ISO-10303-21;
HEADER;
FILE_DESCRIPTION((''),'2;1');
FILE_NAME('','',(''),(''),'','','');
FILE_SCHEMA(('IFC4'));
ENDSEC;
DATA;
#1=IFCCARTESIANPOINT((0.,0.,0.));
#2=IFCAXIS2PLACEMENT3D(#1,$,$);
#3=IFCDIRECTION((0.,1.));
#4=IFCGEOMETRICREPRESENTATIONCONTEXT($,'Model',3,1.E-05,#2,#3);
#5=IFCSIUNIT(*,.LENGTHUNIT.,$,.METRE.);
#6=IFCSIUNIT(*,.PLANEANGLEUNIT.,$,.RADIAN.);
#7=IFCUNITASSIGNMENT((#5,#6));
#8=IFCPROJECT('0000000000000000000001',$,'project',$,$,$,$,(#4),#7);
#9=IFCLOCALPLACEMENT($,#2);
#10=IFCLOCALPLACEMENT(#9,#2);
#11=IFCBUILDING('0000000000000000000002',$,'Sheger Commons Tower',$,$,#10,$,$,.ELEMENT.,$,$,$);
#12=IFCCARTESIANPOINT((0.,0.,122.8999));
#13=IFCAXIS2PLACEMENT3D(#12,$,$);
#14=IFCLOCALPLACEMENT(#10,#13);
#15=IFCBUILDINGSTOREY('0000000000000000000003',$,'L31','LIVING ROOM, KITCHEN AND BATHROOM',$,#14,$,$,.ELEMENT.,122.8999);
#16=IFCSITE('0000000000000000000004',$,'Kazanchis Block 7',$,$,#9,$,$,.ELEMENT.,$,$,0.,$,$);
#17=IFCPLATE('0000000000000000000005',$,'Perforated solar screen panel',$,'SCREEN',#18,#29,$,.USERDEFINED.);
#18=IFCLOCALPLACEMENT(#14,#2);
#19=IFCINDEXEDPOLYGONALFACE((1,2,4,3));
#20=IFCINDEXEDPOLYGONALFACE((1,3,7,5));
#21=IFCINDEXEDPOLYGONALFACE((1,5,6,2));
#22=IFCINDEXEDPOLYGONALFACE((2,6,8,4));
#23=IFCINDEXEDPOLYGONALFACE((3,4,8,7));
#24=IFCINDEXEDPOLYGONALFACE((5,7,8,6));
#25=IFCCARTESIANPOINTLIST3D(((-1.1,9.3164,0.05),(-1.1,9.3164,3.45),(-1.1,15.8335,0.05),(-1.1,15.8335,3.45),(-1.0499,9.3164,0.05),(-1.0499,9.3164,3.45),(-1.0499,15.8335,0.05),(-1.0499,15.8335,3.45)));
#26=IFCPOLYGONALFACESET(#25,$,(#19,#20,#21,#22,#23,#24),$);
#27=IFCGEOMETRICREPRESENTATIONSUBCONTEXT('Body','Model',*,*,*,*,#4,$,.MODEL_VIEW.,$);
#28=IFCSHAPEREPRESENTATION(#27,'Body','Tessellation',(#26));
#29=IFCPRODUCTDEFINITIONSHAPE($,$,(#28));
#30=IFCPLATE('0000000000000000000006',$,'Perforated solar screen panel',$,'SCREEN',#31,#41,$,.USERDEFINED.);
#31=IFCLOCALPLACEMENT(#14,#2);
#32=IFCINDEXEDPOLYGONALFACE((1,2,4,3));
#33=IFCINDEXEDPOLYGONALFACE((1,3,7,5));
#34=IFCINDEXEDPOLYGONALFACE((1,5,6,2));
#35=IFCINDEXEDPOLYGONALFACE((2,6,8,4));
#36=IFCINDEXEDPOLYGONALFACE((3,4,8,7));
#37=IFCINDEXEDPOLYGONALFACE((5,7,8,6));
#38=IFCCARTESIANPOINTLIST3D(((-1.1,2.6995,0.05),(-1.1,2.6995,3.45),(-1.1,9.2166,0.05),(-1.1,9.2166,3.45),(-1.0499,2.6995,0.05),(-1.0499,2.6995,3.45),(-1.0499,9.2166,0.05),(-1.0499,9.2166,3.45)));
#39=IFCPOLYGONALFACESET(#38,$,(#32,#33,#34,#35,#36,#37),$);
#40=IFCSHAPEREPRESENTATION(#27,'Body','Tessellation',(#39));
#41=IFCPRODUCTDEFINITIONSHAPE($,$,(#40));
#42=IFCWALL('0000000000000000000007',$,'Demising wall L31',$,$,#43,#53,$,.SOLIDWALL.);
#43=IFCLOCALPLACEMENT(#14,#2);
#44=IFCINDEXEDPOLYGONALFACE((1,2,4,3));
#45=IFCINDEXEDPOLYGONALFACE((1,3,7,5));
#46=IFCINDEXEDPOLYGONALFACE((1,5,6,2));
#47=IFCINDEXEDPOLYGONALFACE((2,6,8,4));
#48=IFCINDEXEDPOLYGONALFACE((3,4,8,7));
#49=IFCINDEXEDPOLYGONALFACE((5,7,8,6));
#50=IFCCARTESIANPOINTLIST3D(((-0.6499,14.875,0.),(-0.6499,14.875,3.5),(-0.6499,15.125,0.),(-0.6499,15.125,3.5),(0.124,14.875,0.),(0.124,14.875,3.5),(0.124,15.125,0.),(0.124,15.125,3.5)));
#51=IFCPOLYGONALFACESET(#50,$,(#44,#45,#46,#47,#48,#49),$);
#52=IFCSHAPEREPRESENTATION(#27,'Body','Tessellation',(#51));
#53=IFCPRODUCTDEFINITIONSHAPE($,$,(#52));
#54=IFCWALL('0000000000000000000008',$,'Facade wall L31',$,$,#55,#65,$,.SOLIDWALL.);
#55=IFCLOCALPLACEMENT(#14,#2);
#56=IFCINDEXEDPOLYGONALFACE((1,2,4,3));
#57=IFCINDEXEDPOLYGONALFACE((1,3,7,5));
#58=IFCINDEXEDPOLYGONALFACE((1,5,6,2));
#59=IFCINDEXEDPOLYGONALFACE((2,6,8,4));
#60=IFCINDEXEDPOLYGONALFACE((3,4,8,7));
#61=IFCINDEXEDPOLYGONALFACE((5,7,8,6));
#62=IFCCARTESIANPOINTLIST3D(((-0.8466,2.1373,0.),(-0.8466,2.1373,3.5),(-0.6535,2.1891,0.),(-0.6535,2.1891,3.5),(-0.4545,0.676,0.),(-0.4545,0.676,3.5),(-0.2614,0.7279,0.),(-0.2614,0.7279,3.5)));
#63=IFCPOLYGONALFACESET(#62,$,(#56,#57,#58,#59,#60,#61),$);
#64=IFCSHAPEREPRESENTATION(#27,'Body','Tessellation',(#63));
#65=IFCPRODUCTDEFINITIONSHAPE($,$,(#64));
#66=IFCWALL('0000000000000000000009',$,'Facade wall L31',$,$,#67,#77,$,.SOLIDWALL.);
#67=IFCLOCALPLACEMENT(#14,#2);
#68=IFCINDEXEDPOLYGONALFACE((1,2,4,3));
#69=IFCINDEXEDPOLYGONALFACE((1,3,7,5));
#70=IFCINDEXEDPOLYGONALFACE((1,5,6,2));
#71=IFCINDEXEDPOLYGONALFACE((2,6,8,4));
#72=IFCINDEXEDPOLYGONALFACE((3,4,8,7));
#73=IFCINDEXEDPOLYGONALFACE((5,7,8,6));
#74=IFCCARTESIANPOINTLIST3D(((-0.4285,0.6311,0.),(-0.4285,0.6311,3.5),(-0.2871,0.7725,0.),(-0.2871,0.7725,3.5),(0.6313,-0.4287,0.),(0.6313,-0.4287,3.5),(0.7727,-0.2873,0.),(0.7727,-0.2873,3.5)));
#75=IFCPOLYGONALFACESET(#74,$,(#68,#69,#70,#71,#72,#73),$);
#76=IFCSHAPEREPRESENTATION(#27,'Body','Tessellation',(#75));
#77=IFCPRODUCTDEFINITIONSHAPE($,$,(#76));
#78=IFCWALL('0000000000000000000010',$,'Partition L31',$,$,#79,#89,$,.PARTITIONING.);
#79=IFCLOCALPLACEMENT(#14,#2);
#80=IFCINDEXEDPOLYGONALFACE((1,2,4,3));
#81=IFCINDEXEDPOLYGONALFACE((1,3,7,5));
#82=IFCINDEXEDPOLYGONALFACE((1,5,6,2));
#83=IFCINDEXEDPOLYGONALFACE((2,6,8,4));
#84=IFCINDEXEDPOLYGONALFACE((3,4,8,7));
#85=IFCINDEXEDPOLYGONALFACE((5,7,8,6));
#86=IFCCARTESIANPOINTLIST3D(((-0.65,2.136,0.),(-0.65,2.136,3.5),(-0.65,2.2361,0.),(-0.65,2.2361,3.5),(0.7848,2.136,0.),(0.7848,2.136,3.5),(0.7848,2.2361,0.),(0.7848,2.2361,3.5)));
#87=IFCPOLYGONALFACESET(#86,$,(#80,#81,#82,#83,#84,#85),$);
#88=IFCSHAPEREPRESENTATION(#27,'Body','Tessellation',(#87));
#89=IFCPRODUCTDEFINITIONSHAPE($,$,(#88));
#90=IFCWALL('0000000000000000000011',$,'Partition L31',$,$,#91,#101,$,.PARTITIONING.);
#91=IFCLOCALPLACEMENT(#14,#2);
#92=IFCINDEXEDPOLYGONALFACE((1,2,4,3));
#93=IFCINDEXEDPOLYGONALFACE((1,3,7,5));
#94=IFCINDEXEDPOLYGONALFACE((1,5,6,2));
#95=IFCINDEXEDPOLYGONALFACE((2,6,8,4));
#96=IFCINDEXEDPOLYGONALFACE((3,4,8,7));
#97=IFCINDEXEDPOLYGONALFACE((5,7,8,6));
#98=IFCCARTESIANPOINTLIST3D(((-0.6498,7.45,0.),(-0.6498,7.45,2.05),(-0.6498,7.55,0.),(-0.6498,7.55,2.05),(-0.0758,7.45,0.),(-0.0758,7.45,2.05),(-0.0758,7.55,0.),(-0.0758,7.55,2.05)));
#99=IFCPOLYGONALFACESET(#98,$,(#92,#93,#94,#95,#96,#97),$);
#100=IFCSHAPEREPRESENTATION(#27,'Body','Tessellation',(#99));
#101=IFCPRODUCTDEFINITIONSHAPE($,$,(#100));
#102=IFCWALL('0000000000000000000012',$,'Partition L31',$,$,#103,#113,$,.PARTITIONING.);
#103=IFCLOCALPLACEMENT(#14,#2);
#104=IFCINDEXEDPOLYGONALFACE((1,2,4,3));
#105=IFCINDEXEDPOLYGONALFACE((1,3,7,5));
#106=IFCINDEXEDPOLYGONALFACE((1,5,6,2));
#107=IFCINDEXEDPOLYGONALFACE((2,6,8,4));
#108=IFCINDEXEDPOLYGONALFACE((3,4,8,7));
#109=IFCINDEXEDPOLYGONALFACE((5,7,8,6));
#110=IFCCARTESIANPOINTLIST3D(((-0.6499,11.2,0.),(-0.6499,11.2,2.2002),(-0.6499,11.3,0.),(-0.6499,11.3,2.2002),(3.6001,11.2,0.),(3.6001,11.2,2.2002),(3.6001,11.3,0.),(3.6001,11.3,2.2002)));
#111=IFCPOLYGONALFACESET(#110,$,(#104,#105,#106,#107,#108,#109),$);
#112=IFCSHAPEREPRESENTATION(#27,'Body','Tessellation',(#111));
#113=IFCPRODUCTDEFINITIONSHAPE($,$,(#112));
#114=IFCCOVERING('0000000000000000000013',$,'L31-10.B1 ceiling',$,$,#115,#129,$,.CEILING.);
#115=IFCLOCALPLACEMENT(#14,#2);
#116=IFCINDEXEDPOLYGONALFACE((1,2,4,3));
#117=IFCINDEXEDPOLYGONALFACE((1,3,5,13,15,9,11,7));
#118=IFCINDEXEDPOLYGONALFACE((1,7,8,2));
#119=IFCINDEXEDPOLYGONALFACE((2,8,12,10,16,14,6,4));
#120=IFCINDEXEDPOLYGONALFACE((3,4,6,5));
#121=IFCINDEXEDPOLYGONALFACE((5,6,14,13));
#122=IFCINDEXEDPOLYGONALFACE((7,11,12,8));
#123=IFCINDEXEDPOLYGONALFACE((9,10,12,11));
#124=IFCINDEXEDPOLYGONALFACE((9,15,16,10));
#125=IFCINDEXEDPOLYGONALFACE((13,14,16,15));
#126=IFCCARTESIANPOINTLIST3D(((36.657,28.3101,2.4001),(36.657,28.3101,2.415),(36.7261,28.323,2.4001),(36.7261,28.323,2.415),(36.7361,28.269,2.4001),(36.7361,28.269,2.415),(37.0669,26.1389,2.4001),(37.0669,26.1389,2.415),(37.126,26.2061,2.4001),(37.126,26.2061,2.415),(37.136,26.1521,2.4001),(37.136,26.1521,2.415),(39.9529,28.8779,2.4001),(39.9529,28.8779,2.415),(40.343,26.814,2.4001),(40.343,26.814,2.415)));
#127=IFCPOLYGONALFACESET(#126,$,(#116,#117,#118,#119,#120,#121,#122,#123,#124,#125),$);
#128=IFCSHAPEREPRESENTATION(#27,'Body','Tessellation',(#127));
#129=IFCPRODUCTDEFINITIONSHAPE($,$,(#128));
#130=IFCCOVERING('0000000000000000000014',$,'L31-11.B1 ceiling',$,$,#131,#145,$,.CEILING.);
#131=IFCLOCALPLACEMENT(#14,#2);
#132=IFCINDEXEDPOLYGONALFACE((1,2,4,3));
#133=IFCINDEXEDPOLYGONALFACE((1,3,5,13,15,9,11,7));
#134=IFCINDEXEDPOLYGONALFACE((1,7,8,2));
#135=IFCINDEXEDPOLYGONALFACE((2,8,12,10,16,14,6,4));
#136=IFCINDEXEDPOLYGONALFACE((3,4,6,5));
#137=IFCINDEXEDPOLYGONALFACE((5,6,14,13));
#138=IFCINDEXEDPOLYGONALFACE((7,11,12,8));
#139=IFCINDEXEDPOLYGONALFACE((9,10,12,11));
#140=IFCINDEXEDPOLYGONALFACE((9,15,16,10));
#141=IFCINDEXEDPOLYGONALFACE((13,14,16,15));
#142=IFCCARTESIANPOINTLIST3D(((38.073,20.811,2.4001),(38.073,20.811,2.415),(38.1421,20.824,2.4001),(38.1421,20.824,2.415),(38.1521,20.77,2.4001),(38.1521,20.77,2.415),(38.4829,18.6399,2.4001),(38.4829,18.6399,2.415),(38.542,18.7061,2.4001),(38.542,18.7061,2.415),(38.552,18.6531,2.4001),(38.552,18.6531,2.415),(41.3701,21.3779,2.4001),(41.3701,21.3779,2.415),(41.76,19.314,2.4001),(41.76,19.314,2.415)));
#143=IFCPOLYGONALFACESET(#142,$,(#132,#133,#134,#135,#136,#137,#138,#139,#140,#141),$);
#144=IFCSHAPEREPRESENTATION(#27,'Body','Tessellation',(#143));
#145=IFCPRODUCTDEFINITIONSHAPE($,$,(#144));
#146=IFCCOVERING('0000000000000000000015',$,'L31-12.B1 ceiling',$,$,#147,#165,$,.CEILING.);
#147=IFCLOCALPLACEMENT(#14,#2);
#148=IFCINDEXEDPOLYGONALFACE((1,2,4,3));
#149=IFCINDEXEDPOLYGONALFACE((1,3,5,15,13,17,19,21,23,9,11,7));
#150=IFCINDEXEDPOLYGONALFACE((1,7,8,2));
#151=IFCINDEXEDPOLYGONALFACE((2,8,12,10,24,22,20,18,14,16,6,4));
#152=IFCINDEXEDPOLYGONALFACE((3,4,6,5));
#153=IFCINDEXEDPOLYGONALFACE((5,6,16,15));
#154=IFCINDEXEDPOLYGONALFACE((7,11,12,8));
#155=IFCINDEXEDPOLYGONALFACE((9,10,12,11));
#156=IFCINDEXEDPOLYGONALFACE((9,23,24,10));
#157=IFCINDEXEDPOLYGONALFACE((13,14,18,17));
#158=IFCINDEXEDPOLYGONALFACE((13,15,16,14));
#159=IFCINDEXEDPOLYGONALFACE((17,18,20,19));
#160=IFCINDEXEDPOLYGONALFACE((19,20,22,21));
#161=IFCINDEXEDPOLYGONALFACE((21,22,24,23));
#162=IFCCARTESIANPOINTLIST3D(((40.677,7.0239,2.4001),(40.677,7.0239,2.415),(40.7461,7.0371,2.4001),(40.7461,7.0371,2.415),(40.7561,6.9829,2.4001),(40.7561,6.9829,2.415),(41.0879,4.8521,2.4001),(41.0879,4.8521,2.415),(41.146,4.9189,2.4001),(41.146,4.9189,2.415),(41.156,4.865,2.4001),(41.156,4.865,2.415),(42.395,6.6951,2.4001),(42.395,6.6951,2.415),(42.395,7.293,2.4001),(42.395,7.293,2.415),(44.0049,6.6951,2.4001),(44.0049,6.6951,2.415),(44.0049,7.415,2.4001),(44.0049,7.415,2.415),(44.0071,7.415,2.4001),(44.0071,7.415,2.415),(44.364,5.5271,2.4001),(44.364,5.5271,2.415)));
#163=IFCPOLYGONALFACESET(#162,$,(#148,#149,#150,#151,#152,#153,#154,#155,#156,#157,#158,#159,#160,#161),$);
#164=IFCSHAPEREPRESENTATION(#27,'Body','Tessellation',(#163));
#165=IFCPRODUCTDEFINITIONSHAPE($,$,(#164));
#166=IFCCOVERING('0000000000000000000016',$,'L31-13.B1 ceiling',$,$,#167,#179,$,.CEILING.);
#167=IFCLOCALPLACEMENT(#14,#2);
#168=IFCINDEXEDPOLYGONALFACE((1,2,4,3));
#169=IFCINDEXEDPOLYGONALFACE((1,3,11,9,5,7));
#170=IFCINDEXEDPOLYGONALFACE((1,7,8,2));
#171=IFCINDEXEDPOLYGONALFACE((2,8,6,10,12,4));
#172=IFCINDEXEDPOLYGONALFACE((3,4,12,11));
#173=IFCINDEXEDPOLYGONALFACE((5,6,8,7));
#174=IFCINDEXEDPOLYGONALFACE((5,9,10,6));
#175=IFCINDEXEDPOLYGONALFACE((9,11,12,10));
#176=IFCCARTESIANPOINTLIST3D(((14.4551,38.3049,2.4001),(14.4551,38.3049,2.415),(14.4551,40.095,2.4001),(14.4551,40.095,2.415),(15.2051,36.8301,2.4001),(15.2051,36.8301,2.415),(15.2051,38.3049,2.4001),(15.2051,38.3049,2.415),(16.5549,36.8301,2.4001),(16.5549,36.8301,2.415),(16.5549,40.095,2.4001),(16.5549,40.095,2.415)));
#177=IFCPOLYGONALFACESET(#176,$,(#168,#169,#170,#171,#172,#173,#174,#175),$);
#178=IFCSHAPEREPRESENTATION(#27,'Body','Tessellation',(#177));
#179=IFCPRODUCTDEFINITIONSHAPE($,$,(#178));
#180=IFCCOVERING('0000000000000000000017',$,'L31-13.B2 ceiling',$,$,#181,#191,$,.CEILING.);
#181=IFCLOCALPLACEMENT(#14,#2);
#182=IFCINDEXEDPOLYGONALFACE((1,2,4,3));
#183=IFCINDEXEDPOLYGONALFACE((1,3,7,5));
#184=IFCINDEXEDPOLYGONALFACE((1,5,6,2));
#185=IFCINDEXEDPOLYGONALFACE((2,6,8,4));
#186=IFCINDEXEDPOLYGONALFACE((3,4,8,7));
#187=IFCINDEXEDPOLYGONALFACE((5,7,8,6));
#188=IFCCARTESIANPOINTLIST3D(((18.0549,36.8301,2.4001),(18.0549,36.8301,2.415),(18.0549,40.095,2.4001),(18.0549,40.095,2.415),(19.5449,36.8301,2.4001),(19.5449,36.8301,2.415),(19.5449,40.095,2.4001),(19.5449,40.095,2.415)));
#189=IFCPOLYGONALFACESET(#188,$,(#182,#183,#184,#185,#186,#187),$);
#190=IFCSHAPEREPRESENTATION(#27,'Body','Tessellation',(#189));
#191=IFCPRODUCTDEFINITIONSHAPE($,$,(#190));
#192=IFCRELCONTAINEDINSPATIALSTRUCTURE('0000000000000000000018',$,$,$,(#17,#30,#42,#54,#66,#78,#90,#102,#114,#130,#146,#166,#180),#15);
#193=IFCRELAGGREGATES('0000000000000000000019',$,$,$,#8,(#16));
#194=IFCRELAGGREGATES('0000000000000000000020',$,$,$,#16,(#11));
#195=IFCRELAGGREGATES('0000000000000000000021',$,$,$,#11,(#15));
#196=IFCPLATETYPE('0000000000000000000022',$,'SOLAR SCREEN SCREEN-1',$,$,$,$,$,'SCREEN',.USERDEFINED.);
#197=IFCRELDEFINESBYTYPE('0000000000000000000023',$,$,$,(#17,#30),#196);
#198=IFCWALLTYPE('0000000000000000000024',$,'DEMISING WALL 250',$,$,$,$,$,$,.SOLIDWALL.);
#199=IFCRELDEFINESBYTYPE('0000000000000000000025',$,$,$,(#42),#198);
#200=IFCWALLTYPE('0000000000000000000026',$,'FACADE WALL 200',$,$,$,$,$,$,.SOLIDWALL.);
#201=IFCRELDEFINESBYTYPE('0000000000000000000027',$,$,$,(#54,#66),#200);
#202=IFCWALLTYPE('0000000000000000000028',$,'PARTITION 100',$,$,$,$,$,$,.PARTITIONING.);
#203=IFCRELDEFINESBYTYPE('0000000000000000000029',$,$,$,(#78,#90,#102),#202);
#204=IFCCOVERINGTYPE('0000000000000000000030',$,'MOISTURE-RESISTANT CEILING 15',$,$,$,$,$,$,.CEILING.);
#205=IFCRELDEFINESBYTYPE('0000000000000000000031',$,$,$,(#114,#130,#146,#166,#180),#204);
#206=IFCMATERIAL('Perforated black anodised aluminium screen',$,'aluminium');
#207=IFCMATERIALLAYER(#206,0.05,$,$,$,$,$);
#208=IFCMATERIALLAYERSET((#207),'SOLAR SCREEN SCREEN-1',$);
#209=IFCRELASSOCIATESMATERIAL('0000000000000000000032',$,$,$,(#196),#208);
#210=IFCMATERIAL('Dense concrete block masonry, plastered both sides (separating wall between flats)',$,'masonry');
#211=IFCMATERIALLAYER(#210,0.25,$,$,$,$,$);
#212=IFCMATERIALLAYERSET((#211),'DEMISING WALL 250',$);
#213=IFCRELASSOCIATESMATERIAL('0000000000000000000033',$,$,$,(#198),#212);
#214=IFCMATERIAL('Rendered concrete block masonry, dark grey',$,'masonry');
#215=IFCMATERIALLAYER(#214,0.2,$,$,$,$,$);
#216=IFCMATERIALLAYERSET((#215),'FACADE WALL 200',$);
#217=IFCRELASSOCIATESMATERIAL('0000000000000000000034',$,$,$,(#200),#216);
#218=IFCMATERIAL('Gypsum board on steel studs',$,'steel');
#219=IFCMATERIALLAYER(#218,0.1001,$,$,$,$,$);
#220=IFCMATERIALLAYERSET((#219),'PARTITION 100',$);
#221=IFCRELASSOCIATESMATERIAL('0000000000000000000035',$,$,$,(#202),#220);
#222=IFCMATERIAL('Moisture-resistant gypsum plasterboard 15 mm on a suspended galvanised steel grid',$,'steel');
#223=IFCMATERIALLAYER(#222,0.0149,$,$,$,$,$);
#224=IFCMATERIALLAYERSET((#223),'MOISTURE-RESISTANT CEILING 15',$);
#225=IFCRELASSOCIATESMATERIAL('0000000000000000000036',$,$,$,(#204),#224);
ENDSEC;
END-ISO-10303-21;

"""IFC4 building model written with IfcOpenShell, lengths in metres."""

from ifc_helpers import new_model, si_unit, direction, frame, frame_2d, origin, origin_2d, place, context, subcontext, project, spatial, polyline, rectangle, outline, extrude, material, layer, layer_set, type_object, element, save


model = new_model("IFC4")

# Units and contexts
model_context = context("Model", 3, precision=1e-05, world=origin(), true_north=direction((0.0, 1.0)))
body_context = subcontext(model_context, "Body", "Model", "MODEL_VIEW")
ifc_project = project(units=[si_unit("LENGTHUNIT", "METRE"), si_unit("PLANEANGLEUNIT", "RADIAN")], contexts=[model_context])

# Site, building, storey
site_placement = place(None, origin())
site = spatial("IfcSite", under=ifc_project, at=site_placement, Name="Kazanchis Block 7", CompositionType="ELEMENT", RefElevation=0.0)
building_placement = place(site_placement, origin())
building = spatial("IfcBuilding", under=site, at=building_placement, Name="Sheger Commons Tower", CompositionType="ELEMENT")
storey_placement = place(building_placement, frame((0.0, 0.0, 122.8999)))
storey = spatial("IfcBuildingStorey", under=building, at=storey_placement, Name="L31", Description="LIVING ROOM, KITCHEN AND BATHROOM", CompositionType="ELEMENT", Elevation=122.8999)

# Plates
ifc_material_1 = material(Name="Perforated black anodised aluminium screen", Category="aluminium")
ifc_layer_1 = layer(ifc_material_1, 0.05)
ifc_layer_set_1 = layer_set([ifc_layer_1], Name="SOLAR SCREEN SCREEN-1")
plate_type = type_object("IfcPlateType", Name="SOLAR SCREEN SCREEN-1", ElementType="SCREEN", PredefinedType="USERDEFINED", material=ifc_layer_set_1)
for number, where, z_axis, x_axis, name in (
    (1, (-1.075, 12.575, 0.05), (0.0, 0.0, 1.0), (0.0, -1.0, 0.0), "Perforated solar screen panel"),
    (2, (-1.075, 5.958, 0.05), (0.0, 0.0, 1.0), (0.0, -1.0, 0.0), "Perforated solar screen panel"),
):
    element("IfcPlate", number, at=place(storey_placement, frame(where, z_axis=z_axis, x_axis=x_axis)), inside=storey, type_object=plate_type, Name=name, ObjectType="SCREEN", PredefinedType="USERDEFINED", context=body_context, shape_type="SweptSolid", body=[
        extrude(rectangle(XDim=6.5171, YDim=0.05, at=origin_2d()), origin(), (0.0, 0.0, 1.0), 3.3999),
    ])

# Walls
ifc_material_2 = material(Name="Dense concrete block masonry, plastered both sides (separating wall between flats)", Category="masonry")
ifc_layer_2 = layer(ifc_material_2, 0.25)
ifc_layer_set_2 = layer_set([ifc_layer_2], Name="DEMISING WALL 250")
wall_type_1 = type_object("IfcWallType", Name="DEMISING WALL 250", PredefinedType="SOLIDWALL", material=ifc_layer_set_2)
wall_1_placement = place(storey_placement, frame((-0.6499, 15.0, 0.0), z_axis=(0.0, 0.0, 1.0), x_axis=(1.0, 0.0, 0.0)))
element("IfcWall", 3, at=wall_1_placement, inside=storey, type_object=wall_type_1, Name="Demising wall L31", PredefinedType="SOLIDWALL", context=body_context, shape_type="SweptSolid", body=[
    extrude(rectangle(XDim=0.7739, YDim=0.25, at=frame_2d((0.387, 0.0))), origin(), (0.0, 0.0, 1.0), 3.5),
])
ifc_material_3 = material(Name="Rendered concrete block masonry, dark grey", Category="masonry")
ifc_layer_3 = layer(ifc_material_3, 0.2)
ifc_layer_set_3 = layer_set([ifc_layer_3], Name="FACADE WALL 200")
wall_type_2 = type_object("IfcWallType", Name="FACADE WALL 200", PredefinedType="SOLIDWALL", material=ifc_layer_set_3)
wall_2_placement = place(storey_placement, frame((-0.75, 2.1631, 0.0), z_axis=(0.0, 0.0, 1.0), x_axis=(0.259169, -0.965832, 0.0)))
element("IfcWall", 4, at=wall_2_placement, inside=storey, type_object=wall_type_2, Name="Facade wall L31", PredefinedType="SOLIDWALL", context=body_context, shape_type="SweptSolid", body=[
    extrude(rectangle(XDim=1.5129, YDim=0.2, at=frame_2d((0.7563, 0.0))), origin(), (0.0, 0.0, 1.0), 3.5),
])
wall_3_placement = place(storey_placement, frame((-0.3579, 0.7019, 0.0), z_axis=(0.0, 0.0, 1.0), x_axis=(0.707107, -0.707107, 0.0)))
element("IfcWall", 5, at=wall_3_placement, inside=storey, type_object=wall_type_2, Name="Facade wall L31", PredefinedType="SOLIDWALL", context=body_context, shape_type="SweptSolid", body=[
    extrude(rectangle(XDim=1.4988, YDim=0.2, at=frame_2d((0.7495, 0.0))), origin(), (0.0, 0.0, 1.0), 3.5),
])
ifc_material_4 = material(Name="Gypsum board on steel studs", Category="steel")
ifc_layer_4 = layer(ifc_material_4, 0.1001)
ifc_layer_set_4 = layer_set([ifc_layer_4], Name="PARTITION 100")
wall_type_3 = type_object("IfcWallType", Name="PARTITION 100", PredefinedType="PARTITIONING", material=ifc_layer_set_4)
wall_4_placement = place(storey_placement, frame((-0.6499, 2.186, 0.0), z_axis=(0.0, 0.0, 1.0), x_axis=(1.0, 0.0, 0.0)))
element("IfcWall", 6, at=wall_4_placement, inside=storey, type_object=wall_type_3, Name="Partition L31", PredefinedType="PARTITIONING", context=body_context, shape_type="SweptSolid", body=[
    extrude(rectangle(XDim=1.4348, YDim=0.1001, at=frame_2d((0.7173, 0.0))), origin(), (0.0, 0.0, 1.0), 3.5),
])
wall_5_placement = place(storey_placement, frame((-0.6499, 7.5, 0.0), z_axis=(0.0, 0.0, 1.0), x_axis=(1.0, 0.0, 0.0)))
element("IfcWall", 7, at=wall_5_placement, inside=storey, type_object=wall_type_3, Name="Partition L31", PredefinedType="PARTITIONING", context=body_context, shape_type="SweptSolid", body=[
    extrude(rectangle(XDim=0.574, YDim=0.1001, at=frame_2d((0.2871, 0.0))), origin(), (0.0, 0.0, 1.0), 2.05),
])
wall_6_placement = place(storey_placement, frame((-0.6499, 11.25, 0.0), z_axis=(0.0, 0.0, 1.0), x_axis=(1.0, 0.0, 0.0)))
element("IfcWall", 8, at=wall_6_placement, inside=storey, type_object=wall_type_3, Name="Partition L31", PredefinedType="PARTITIONING", context=body_context, shape_type="SweptSolid", body=[
    extrude(rectangle(XDim=4.25, YDim=0.1001, at=frame_2d((2.125, 0.0))), origin(), (0.0, 0.0, 1.0), 2.2002),
])

# Coverings
ifc_material_5 = material(Name="Moisture-resistant gypsum plasterboard 15 mm on a suspended galvanised steel grid", Category="steel")
ifc_layer_5 = layer(ifc_material_5, 0.0149)
ifc_layer_set_5 = layer_set([ifc_layer_5], Name="MOISTURE-RESISTANT CEILING 15")
covering_type_1 = type_object("IfcCoveringType", Name="MOISTURE-RESISTANT CEILING 15", PredefinedType="CEILING", material=ifc_layer_set_5)
covering_1_placement = place(storey_placement, frame((0.0, 0.0, 2.4001)))
element("IfcCovering", 9, at=covering_1_placement, inside=storey, type_object=covering_type_1, Name="L31-10.B1 ceiling", PredefinedType="CEILING", context=body_context, shape_type="SweptSolid", body=[
    extrude(outline(polyline([(37.0669, 26.1389), (37.136, 26.1521), (37.126, 26.2061), (40.343, 26.814), (39.9529, 28.8779), (36.7361, 28.269), (36.7261, 28.323), (36.657, 28.3101), (37.0669, 26.1389)])), origin(), (0.0, 0.0, 1.0), 0.0149),
])
covering_2_placement = place(storey_placement, frame((0.0, 0.0, 2.4001)))
element("IfcCovering", 10, at=covering_2_placement, inside=storey, type_object=covering_type_1, Name="L31-11.B1 ceiling", PredefinedType="CEILING", context=body_context, shape_type="SweptSolid", body=[
    extrude(outline(polyline([(38.4829, 18.6399), (38.552, 18.6531), (38.542, 18.7061), (41.76, 19.314), (41.3701, 21.3779), (38.1521, 20.77), (38.1421, 20.824), (38.073, 20.811), (38.4829, 18.6399)])), origin(), (0.0, 0.0, 1.0), 0.0149),
])
covering_3_placement = place(storey_placement, frame((0.0, 0.0, 2.4001)))
element("IfcCovering", 11, at=covering_3_placement, inside=storey, type_object=covering_type_1, Name="L31-12.B1 ceiling", PredefinedType="CEILING", context=body_context, shape_type="SweptSolid", body=[
    extrude(outline(polyline([(41.0879, 4.8521), (41.156, 4.865), (41.146, 4.9189), (44.364, 5.5271), (44.0071, 7.415), (44.0049, 7.415), (44.0049, 6.6951), (42.395, 6.6951), (42.395, 7.293), (40.7561, 6.9829), (40.7461, 7.0371), (40.677, 7.0239), (41.0879, 4.8521)])), origin(), (0.0, 0.0, 1.0), 0.0149),
])
covering_4_placement = place(storey_placement, frame((0.0, 0.0, 2.4001)))
element("IfcCovering", 12, at=covering_4_placement, inside=storey, type_object=covering_type_1, Name="L31-13.B1 ceiling", PredefinedType="CEILING", context=body_context, shape_type="SweptSolid", body=[
    extrude(outline(polyline([(15.2051, 36.8301), (16.5549, 36.8301), (16.5549, 40.095), (14.4551, 40.095), (14.4551, 38.3049), (15.2051, 38.3049), (15.2051, 36.8301)])), origin(), (0.0, 0.0, 1.0), 0.0149),
])
covering_5_placement = place(storey_placement, frame((0.0, 0.0, 2.4001)))
element("IfcCovering", 13, at=covering_5_placement, inside=storey, type_object=covering_type_1, Name="L31-13.B2 ceiling", PredefinedType="CEILING", context=body_context, shape_type="SweptSolid", body=[
    extrude(outline(polyline([(18.0549, 36.8301), (19.5449, 36.8301), (19.5449, 40.095), (18.0549, 40.095), (18.0549, 36.8301)])), origin(), (0.0, 0.0, 1.0), 0.0149),
])

save(model, "model.ifc")
